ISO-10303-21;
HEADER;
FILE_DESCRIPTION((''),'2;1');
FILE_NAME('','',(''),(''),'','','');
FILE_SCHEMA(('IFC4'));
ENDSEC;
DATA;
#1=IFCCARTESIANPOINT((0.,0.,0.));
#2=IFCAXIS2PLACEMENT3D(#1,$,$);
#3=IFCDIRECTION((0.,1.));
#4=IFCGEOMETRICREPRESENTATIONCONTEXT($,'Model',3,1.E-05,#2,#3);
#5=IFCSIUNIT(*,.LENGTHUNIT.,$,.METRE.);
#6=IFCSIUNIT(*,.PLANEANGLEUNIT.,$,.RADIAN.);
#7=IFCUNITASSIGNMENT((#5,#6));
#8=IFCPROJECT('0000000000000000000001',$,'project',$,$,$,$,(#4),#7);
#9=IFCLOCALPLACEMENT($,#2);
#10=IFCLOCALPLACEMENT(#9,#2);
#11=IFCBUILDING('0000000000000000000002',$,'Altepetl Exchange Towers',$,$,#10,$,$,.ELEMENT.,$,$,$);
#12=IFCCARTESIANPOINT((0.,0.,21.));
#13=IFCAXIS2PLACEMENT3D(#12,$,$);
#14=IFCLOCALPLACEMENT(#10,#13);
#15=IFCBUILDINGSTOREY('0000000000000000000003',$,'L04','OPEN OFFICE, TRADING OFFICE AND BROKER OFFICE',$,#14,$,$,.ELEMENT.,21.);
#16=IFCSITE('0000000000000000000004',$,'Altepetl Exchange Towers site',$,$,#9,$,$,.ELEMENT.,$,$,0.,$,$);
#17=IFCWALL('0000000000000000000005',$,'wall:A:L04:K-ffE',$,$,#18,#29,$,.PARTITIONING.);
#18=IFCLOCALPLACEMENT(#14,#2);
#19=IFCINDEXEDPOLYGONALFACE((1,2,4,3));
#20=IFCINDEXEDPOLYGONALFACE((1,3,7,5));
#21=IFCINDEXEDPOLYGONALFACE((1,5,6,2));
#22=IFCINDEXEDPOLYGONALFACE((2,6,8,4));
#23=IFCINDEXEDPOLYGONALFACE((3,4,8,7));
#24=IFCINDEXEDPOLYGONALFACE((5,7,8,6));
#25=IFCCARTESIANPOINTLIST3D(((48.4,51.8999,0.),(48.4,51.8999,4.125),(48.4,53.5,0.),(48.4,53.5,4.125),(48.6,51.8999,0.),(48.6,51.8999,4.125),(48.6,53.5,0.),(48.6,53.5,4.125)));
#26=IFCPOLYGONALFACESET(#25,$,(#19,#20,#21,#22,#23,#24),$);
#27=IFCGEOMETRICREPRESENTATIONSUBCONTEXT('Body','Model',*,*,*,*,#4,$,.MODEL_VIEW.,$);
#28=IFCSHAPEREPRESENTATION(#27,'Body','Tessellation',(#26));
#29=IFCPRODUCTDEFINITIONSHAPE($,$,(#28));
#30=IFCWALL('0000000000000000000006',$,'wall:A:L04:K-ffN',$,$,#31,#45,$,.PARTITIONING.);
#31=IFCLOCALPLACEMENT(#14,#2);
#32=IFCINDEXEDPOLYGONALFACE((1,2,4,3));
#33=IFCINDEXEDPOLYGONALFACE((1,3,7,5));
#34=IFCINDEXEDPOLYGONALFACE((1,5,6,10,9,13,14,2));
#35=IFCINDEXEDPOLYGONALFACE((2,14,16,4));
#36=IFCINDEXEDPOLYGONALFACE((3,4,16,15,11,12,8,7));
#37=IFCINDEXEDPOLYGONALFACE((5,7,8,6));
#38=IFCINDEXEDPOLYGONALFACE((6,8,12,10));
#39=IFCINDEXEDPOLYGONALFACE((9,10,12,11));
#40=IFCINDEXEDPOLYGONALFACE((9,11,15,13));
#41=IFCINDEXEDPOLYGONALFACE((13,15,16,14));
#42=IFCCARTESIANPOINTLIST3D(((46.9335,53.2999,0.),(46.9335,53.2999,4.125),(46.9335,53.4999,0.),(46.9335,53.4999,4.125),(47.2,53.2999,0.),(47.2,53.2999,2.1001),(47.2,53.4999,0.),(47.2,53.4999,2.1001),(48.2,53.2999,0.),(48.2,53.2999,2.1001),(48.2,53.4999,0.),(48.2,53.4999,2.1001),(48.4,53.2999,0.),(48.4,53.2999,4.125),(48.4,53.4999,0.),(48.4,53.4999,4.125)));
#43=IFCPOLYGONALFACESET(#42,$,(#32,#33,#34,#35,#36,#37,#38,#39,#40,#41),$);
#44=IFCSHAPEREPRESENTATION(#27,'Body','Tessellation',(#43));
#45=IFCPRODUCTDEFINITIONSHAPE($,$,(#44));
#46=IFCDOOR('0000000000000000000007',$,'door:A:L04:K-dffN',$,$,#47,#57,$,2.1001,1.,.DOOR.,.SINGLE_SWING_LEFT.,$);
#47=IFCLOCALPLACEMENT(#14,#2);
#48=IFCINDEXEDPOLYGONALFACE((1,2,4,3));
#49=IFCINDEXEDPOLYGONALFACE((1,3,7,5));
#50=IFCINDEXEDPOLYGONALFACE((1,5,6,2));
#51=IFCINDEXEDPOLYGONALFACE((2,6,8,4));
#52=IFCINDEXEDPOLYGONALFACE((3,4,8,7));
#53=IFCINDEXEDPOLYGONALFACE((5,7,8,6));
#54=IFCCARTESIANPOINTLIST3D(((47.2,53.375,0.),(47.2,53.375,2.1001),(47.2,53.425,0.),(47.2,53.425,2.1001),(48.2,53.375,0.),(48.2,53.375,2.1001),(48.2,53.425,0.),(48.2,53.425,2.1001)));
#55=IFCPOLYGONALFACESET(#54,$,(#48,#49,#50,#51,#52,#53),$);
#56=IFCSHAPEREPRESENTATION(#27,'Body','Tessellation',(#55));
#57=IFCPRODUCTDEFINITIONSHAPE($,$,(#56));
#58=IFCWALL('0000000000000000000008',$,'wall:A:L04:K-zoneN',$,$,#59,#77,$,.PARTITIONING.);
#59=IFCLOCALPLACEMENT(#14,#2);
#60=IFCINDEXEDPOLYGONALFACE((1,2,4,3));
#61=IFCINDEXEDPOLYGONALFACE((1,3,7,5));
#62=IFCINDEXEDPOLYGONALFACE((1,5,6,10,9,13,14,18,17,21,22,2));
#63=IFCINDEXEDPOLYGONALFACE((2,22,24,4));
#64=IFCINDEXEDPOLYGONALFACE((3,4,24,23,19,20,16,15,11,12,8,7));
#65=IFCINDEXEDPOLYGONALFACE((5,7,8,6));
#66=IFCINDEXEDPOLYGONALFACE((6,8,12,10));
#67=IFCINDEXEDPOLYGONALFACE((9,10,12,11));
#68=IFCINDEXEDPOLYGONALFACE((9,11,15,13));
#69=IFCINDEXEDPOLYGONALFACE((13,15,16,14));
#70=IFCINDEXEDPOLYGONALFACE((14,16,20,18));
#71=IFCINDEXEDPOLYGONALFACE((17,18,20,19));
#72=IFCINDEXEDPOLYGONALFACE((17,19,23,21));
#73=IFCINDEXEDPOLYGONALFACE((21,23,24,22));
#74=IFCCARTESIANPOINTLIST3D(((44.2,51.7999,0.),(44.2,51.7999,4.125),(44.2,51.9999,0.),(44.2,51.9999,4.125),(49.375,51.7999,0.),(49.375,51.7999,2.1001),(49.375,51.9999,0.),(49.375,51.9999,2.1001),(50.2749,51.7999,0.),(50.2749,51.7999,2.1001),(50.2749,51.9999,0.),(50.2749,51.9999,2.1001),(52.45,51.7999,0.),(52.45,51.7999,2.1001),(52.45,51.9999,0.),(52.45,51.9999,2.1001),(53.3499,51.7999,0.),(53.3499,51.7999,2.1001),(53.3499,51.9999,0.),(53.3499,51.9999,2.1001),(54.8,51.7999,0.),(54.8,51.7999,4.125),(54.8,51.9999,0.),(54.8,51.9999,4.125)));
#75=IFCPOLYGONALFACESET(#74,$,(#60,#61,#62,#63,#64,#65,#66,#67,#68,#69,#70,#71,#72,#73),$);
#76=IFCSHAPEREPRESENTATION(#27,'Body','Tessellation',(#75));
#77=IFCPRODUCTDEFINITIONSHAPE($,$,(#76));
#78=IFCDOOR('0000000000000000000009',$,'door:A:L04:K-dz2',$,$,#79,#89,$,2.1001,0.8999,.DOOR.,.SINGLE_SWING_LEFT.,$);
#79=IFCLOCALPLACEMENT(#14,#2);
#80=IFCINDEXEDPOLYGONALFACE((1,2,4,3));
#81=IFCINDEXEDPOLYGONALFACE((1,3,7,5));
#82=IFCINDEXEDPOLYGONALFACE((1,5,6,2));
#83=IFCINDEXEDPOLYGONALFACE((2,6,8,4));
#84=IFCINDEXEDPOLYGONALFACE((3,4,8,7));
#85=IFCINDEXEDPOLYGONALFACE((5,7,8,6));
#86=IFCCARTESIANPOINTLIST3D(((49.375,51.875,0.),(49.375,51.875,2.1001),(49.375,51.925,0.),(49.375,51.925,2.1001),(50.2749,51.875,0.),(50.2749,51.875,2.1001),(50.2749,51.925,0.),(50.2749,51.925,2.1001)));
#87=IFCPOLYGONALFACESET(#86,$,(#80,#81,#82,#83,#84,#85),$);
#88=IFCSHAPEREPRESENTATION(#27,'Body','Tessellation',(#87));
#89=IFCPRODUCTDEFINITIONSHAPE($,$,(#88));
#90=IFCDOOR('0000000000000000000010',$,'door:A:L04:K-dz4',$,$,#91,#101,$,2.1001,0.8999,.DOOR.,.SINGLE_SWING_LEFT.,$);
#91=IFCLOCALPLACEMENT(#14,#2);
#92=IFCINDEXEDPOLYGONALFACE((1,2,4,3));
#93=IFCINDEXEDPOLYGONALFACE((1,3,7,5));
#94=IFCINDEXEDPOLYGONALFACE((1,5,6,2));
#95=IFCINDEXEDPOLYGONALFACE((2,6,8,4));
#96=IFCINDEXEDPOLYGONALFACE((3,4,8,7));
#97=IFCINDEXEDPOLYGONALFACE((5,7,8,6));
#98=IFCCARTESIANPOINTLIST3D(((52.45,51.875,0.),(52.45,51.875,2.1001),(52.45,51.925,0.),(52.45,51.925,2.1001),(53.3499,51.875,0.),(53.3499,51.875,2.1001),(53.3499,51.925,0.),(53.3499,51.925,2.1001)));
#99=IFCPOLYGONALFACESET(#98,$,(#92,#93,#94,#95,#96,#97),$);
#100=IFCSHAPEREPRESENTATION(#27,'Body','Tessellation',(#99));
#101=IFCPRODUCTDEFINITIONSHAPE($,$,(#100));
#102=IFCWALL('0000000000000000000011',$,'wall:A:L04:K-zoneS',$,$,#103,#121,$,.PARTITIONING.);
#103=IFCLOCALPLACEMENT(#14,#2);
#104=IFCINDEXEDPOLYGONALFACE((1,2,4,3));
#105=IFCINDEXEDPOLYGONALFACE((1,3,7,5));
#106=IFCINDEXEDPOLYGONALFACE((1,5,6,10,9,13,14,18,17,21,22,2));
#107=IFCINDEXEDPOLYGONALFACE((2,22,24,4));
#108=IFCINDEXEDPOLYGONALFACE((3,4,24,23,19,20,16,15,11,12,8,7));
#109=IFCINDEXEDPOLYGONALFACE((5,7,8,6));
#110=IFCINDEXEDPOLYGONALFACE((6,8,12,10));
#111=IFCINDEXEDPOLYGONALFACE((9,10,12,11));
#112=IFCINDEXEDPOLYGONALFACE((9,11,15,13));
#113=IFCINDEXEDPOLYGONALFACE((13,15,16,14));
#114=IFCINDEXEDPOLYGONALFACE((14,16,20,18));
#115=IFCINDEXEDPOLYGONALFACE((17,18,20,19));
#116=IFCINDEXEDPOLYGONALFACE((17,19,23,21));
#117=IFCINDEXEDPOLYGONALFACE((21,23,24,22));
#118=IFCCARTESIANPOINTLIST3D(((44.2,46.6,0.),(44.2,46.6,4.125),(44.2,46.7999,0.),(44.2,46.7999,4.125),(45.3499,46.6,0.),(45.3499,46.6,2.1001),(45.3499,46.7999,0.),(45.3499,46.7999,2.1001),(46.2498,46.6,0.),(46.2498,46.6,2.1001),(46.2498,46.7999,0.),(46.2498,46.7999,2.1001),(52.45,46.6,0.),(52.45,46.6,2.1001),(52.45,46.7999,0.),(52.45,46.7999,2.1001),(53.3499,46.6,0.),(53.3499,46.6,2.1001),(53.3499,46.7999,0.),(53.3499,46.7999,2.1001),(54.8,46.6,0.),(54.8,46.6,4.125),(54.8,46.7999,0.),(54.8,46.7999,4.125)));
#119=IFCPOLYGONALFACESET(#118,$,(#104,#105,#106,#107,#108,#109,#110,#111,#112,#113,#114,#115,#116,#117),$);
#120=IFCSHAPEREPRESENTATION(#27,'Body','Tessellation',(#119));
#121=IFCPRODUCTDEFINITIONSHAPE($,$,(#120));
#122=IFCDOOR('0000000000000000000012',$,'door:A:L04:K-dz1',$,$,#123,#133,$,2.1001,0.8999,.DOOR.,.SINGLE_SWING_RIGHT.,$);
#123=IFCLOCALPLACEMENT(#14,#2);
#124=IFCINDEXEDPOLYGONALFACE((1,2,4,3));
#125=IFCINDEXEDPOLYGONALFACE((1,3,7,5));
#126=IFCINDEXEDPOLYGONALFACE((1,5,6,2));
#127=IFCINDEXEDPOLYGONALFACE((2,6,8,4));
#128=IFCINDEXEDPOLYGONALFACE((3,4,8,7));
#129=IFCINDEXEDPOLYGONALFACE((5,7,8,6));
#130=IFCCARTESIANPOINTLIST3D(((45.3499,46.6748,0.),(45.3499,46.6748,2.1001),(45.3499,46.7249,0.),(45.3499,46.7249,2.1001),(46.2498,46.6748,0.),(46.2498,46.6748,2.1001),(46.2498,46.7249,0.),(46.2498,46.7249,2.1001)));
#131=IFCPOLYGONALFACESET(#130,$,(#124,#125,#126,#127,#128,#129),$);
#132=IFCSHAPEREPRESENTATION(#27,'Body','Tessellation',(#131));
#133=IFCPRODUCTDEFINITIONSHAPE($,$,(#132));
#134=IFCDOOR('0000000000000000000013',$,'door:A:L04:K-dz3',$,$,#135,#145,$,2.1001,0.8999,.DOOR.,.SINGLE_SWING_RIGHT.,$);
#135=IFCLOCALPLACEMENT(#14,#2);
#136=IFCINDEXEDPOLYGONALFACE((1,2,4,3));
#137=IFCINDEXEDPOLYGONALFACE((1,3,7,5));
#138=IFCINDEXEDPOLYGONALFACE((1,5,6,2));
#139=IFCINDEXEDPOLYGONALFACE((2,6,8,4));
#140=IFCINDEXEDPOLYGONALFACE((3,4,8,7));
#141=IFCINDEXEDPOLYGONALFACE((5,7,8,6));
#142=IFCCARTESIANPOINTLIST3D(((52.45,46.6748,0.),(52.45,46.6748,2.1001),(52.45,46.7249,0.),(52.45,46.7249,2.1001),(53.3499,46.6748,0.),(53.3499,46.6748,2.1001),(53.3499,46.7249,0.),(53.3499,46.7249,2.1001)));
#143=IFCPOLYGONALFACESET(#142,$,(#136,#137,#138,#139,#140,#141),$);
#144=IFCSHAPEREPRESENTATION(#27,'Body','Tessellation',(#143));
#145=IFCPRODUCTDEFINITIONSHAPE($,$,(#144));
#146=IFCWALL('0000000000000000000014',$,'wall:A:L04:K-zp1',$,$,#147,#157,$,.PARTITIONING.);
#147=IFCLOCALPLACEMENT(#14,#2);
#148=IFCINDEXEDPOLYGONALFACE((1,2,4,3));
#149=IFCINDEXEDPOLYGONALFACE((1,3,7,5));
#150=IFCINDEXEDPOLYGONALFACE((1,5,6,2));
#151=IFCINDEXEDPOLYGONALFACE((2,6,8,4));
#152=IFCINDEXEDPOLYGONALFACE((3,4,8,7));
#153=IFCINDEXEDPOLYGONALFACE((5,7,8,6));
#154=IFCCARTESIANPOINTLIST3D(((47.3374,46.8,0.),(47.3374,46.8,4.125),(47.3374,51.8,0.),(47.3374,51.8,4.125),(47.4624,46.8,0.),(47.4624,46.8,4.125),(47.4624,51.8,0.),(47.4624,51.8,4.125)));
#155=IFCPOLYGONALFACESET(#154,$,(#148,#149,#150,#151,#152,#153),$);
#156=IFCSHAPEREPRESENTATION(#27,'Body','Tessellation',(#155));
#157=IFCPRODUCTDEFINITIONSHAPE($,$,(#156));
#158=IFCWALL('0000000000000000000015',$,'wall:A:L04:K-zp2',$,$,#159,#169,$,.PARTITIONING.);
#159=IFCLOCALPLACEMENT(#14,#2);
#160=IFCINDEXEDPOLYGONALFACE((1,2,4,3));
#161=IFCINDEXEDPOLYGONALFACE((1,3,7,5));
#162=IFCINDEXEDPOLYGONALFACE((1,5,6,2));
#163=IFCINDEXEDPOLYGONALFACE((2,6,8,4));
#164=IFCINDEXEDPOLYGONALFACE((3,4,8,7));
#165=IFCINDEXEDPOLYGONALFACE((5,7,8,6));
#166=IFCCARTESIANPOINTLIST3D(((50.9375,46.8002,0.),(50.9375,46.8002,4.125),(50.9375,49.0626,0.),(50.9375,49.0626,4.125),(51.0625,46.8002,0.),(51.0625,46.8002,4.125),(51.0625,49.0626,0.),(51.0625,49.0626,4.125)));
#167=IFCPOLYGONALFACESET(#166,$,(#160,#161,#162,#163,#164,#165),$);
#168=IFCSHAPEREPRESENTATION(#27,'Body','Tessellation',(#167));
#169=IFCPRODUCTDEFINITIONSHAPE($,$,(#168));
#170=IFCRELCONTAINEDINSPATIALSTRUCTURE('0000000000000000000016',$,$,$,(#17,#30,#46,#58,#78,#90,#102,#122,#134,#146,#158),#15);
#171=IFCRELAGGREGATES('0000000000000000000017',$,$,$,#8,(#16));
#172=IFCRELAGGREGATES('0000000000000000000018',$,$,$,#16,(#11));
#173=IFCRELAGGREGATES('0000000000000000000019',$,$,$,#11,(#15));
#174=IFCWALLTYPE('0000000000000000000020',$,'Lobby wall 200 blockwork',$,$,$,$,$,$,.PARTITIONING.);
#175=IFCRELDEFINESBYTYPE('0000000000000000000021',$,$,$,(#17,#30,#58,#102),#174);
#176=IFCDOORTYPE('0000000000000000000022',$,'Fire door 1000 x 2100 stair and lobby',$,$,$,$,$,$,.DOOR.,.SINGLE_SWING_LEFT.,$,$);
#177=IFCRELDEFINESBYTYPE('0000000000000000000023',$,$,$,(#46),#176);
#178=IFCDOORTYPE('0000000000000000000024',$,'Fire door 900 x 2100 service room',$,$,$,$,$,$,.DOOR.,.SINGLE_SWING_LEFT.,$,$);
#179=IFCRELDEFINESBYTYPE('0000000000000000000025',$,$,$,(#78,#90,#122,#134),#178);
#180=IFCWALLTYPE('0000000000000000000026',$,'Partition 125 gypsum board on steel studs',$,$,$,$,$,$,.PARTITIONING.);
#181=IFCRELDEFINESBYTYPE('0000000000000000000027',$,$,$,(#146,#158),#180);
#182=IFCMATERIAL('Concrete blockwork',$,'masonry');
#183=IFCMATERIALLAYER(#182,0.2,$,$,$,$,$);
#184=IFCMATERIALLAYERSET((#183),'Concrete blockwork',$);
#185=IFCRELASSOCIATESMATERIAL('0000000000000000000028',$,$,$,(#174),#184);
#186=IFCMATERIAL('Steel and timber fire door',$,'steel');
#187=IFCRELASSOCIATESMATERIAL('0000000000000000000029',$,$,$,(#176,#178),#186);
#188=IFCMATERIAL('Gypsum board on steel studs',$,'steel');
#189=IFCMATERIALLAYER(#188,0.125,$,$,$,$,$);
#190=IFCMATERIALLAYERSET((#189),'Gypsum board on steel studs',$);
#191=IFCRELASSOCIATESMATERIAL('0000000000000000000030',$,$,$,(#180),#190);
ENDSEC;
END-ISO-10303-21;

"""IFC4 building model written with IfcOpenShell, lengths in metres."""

from ifc_helpers import new_model, si_unit, direction, frame, frame_2d, origin, place, context, subcontext, project, spatial, rectangle, extrude, material, layer, layer_set, type_object, element, fill, save


model = new_model("IFC4")

# Units and contexts
model_context = context("Model", 3, precision=1e-05, world=origin(), true_north=direction((0.0, 1.0)))
body_context = subcontext(model_context, "Body", "Model", "MODEL_VIEW")
ifc_project = project(units=[si_unit("LENGTHUNIT", "METRE"), si_unit("PLANEANGLEUNIT", "RADIAN")], contexts=[model_context])

# Site, building, storey
site_placement = place(None, origin())
site = spatial("IfcSite", under=ifc_project, at=site_placement, Name="Altepetl Exchange Towers site", CompositionType="ELEMENT", RefElevation=0.0)
building_placement = place(site_placement, origin())
building = spatial("IfcBuilding", under=site, at=building_placement, Name="Altepetl Exchange Towers", CompositionType="ELEMENT")
storey_placement = place(building_placement, frame((0.0, 0.0, 21.0)))
storey = spatial("IfcBuildingStorey", under=building, at=storey_placement, Name="L04", Description="OPEN OFFICE, TRADING OFFICE AND BROKER OFFICE", CompositionType="ELEMENT", Elevation=21.0)

# Wall
ifc_material_1 = material(Name="Concrete blockwork", Category="masonry")
ifc_layer_1 = layer(ifc_material_1, 0.2)
ifc_layer_set_1 = layer_set([ifc_layer_1], Name="Concrete blockwork")
wall_type_1 = type_object("IfcWallType", Name="Lobby wall 200 blockwork", PredefinedType="PARTITIONING", material=ifc_layer_set_1)
wall_1_placement = place(storey_placement, frame((48.5, 51.8999, 0.0), z_axis=(0.0, 0.0, 1.0), x_axis=(0.0, 1.0, 0.0)))
element("IfcWall", 1, at=wall_1_placement, inside=storey, type_object=wall_type_1, Name="wall:A:L04:K-ffE", PredefinedType="PARTITIONING", context=body_context, shape_type="SweptSolid", body=[
    extrude(rectangle(XDim=1.6001, YDim=0.2, at=frame_2d((0.8, 0.0))), origin(), (0.0, 0.0, 1.0), 4.125),
])

# Wall, opening, door
wall_2_placement = place(storey_placement, frame((46.9333, 53.3999, 0.0)))
wall_2 = element("IfcWall", 2, at=wall_2_placement, inside=storey, type_object=wall_type_1, Name="wall:A:L04:K-ffN", PredefinedType="PARTITIONING", context=body_context, shape_type="SweptSolid", body=[
    extrude(rectangle(XDim=1.4666, YDim=0.2, at=frame_2d((0.7334, 0.0))), origin(), (0.0, 0.0, 1.0), 4.125),
])
opening_1_placement = place(wall_2_placement, frame((0.2666, 0.0, 0.0)))
opening_1 = element("IfcOpeningElement", 3, at=opening_1_placement, cuts=wall_2, PredefinedType="OPENING", context=body_context, shape_type="SweptSolid", body=[
    extrude(rectangle(XDim=1.0, YDim=2.1001, at=frame_2d((0.5, 1.05))), frame((0.0, 0.1099, 0.0), z_axis=(0.0, -1.0, 0.0), x_axis=(1.0, 0.0, 0.0)), (0.0, 0.0, 1.0), 0.22),
])
ifc_material_2 = material(Name="Steel and timber fire door", Category="steel")
door_type_1 = type_object("IfcDoorType", Name="Fire door 1000 x 2100 stair and lobby", OperationType="SINGLE_SWING_LEFT", PredefinedType="DOOR", material=ifc_material_2)
door_1_placement = place(opening_1_placement, frame((1.0, 0.0, 0.0), x_axis=(-1.0, 0.0, 0.0)))
door_1 = element("IfcDoor", 4, at=door_1_placement, inside=storey, type_object=door_type_1, Name="door:A:L04:K-dffN", OperationType="SINGLE_SWING_LEFT", OverallHeight=2.1001, OverallWidth=1.0, PredefinedType="DOOR", context=body_context, shape_type="SweptSolid", body=[
    extrude(rectangle(XDim=1.0, YDim=2.1001, at=frame_2d((0.5, 1.05))), frame((0.0, 0.0249, 0.0), z_axis=(0.0, -1.0, 0.0), x_axis=(1.0, 0.0, 0.0)), (0.0, 0.0, 1.0), 0.05),
])
fill(opening_1, door_1)

# Walls, openings, doors
wall_3_placement = place(storey_placement, frame((44.2, 51.8999, 0.0)))
wall_3 = element("IfcWall", 5, at=wall_3_placement, inside=storey, type_object=wall_type_1, Name="wall:A:L04:K-zoneN", PredefinedType="PARTITIONING", context=body_context, shape_type="SweptSolid", body=[
    extrude(rectangle(XDim=10.6001, YDim=0.2, at=frame_2d((5.3, 0.0))), origin(), (0.0, 0.0, 1.0), 4.125),
])
opening_2_placement = place(wall_3_placement, frame((5.175, 0.0, 0.0)))
opening_2 = element("IfcOpeningElement", 6, at=opening_2_placement, cuts=wall_3, PredefinedType="OPENING", context=body_context, shape_type="SweptSolid", body=[
    extrude(rectangle(XDim=0.8999, YDim=2.1001, at=frame_2d((0.45, 1.05))), frame((0.0, 0.1099, 0.0), z_axis=(0.0, -1.0, 0.0), x_axis=(1.0, 0.0, 0.0)), (0.0, 0.0, 1.0), 0.22),
])
opening_3_placement = place(wall_3_placement, frame((8.25, 0.0, 0.0)))
opening_3 = element("IfcOpeningElement", 7, at=opening_3_placement, cuts=wall_3, PredefinedType="OPENING", context=body_context, shape_type="SweptSolid", body=[
    extrude(rectangle(XDim=0.8999, YDim=2.1001, at=frame_2d((0.45, 1.05))), frame((0.0, 0.1099, 0.0), z_axis=(0.0, -1.0, 0.0), x_axis=(1.0, 0.0, 0.0)), (0.0, 0.0, 1.0), 0.22),
])
door_type_2 = type_object("IfcDoorType", Name="Fire door 900 x 2100 service room", OperationType="SINGLE_SWING_LEFT", PredefinedType="DOOR", material=ifc_material_2)
door_2_placement = place(opening_2_placement, frame((0.8999, 0.0, 0.0), x_axis=(-1.0, 0.0, 0.0)))
door_2 = element("IfcDoor", 8, at=door_2_placement, inside=storey, type_object=door_type_2, Name="door:A:L04:K-dz2", OperationType="SINGLE_SWING_LEFT", OverallHeight=2.1001, OverallWidth=0.8999, PredefinedType="DOOR", context=body_context, shape_type="SweptSolid", body=[
    extrude(rectangle(XDim=0.8999, YDim=2.1001, at=frame_2d((0.45, 1.05))), frame((0.0, 0.0249, 0.0), z_axis=(0.0, -1.0, 0.0), x_axis=(1.0, 0.0, 0.0)), (0.0, 0.0, 1.0), 0.05),
])
fill(opening_2, door_2)
door_3_placement = place(opening_3_placement, frame((0.8999, 0.0, 0.0), x_axis=(-1.0, 0.0, 0.0)))
door_3 = element("IfcDoor", 9, at=door_3_placement, inside=storey, type_object=door_type_2, Name="door:A:L04:K-dz4", OperationType="SINGLE_SWING_LEFT", OverallHeight=2.1001, OverallWidth=0.8999, PredefinedType="DOOR", context=body_context, shape_type="SweptSolid", body=[
    extrude(rectangle(XDim=0.8999, YDim=2.1001, at=frame_2d((0.45, 1.05))), frame((0.0, 0.0249, 0.0), z_axis=(0.0, -1.0, 0.0), x_axis=(1.0, 0.0, 0.0)), (0.0, 0.0, 1.0), 0.05),
])
fill(opening_3, door_3)
wall_4_placement = place(storey_placement, frame((44.2, 46.7, 0.0)))
wall_4 = element("IfcWall", 10, at=wall_4_placement, inside=storey, type_object=wall_type_1, Name="wall:A:L04:K-zoneS", PredefinedType="PARTITIONING", context=body_context, shape_type="SweptSolid", body=[
    extrude(rectangle(XDim=10.6001, YDim=0.2, at=frame_2d((5.3, 0.0))), origin(), (0.0, 0.0, 1.0), 4.125),
])
opening_4_placement = place(wall_4_placement, frame((1.1499, 0.0, 0.0)))
opening_4 = element("IfcOpeningElement", 11, at=opening_4_placement, cuts=wall_4, PredefinedType="OPENING", context=body_context, shape_type="SweptSolid", body=[
    extrude(rectangle(XDim=0.8999, YDim=2.1001, at=frame_2d((0.45, 1.05))), frame((0.0, 0.1099, 0.0), z_axis=(0.0, -1.0, 0.0), x_axis=(1.0, 0.0, 0.0)), (0.0, 0.0, 1.0), 0.22),
])
opening_5_placement = place(wall_4_placement, frame((8.25, 0.0, 0.0)))
opening_5 = element("IfcOpeningElement", 12, at=opening_5_placement, cuts=wall_4, PredefinedType="OPENING", context=body_context, shape_type="SweptSolid", body=[
    extrude(rectangle(XDim=0.8999, YDim=2.1001, at=frame_2d((0.45, 1.05))), frame((0.0, 0.1099, 0.0), z_axis=(0.0, -1.0, 0.0), x_axis=(1.0, 0.0, 0.0)), (0.0, 0.0, 1.0), 0.22),
])
door_4_placement = place(opening_4_placement, origin())
door_4 = element("IfcDoor", 13, at=door_4_placement, inside=storey, type_object=door_type_2, Name="door:A:L04:K-dz1", OperationType="SINGLE_SWING_RIGHT", OverallHeight=2.1001, OverallWidth=0.8999, PredefinedType="DOOR", context=body_context, shape_type="SweptSolid", body=[
    extrude(rectangle(XDim=0.8999, YDim=2.1001, at=frame_2d((0.45, 1.05))), frame((0.0, 0.0249, 0.0), z_axis=(0.0, -1.0, 0.0), x_axis=(1.0, 0.0, 0.0)), (0.0, 0.0, 1.0), 0.05),
])
fill(opening_4, door_4)
door_5_placement = place(opening_5_placement, origin())
door_5 = element("IfcDoor", 14, at=door_5_placement, inside=storey, type_object=door_type_2, Name="door:A:L04:K-dz3", OperationType="SINGLE_SWING_RIGHT", OverallHeight=2.1001, OverallWidth=0.8999, PredefinedType="DOOR", context=body_context, shape_type="SweptSolid", body=[
    extrude(rectangle(XDim=0.8999, YDim=2.1001, at=frame_2d((0.45, 1.05))), frame((0.0, 0.0249, 0.0), z_axis=(0.0, -1.0, 0.0), x_axis=(1.0, 0.0, 0.0)), (0.0, 0.0, 1.0), 0.05),
])
fill(opening_5, door_5)

# Walls
ifc_material_3 = material(Name="Gypsum board on steel studs", Category="steel")
ifc_layer_2 = layer(ifc_material_3, 0.125)
ifc_layer_set_2 = layer_set([ifc_layer_2], Name="Gypsum board on steel studs")
wall_type_2 = type_object("IfcWallType", Name="Partition 125 gypsum board on steel studs", PredefinedType="PARTITIONING", material=ifc_layer_set_2)
wall_5_placement = place(storey_placement, frame((47.3999, 46.8, 0.0), z_axis=(0.0, 0.0, 1.0), x_axis=(0.0, 1.0, 0.0)))
element("IfcWall", 15, at=wall_5_placement, inside=storey, type_object=wall_type_2, Name="wall:A:L04:K-zp1", PredefinedType="PARTITIONING", context=body_context, shape_type="SweptSolid", body=[
    extrude(rectangle(XDim=5.0, YDim=0.125, at=frame_2d((2.5, 0.0))), origin(), (0.0, 0.0, 1.0), 4.125),
])
wall_6_placement = place(storey_placement, frame((51.0, 46.8, 0.0), z_axis=(0.0, 0.0, 1.0), x_axis=(0.0, 1.0, 0.0)))
element("IfcWall", 16, at=wall_6_placement, inside=storey, type_object=wall_type_2, Name="wall:A:L04:K-zp2", PredefinedType="PARTITIONING", context=body_context, shape_type="SweptSolid", body=[
    extrude(rectangle(XDim=2.2625, YDim=0.125, at=frame_2d((1.1313, 0.0))), origin(), (0.0, 0.0, 1.0), 4.125),
])

save(model, "model.ifc")
